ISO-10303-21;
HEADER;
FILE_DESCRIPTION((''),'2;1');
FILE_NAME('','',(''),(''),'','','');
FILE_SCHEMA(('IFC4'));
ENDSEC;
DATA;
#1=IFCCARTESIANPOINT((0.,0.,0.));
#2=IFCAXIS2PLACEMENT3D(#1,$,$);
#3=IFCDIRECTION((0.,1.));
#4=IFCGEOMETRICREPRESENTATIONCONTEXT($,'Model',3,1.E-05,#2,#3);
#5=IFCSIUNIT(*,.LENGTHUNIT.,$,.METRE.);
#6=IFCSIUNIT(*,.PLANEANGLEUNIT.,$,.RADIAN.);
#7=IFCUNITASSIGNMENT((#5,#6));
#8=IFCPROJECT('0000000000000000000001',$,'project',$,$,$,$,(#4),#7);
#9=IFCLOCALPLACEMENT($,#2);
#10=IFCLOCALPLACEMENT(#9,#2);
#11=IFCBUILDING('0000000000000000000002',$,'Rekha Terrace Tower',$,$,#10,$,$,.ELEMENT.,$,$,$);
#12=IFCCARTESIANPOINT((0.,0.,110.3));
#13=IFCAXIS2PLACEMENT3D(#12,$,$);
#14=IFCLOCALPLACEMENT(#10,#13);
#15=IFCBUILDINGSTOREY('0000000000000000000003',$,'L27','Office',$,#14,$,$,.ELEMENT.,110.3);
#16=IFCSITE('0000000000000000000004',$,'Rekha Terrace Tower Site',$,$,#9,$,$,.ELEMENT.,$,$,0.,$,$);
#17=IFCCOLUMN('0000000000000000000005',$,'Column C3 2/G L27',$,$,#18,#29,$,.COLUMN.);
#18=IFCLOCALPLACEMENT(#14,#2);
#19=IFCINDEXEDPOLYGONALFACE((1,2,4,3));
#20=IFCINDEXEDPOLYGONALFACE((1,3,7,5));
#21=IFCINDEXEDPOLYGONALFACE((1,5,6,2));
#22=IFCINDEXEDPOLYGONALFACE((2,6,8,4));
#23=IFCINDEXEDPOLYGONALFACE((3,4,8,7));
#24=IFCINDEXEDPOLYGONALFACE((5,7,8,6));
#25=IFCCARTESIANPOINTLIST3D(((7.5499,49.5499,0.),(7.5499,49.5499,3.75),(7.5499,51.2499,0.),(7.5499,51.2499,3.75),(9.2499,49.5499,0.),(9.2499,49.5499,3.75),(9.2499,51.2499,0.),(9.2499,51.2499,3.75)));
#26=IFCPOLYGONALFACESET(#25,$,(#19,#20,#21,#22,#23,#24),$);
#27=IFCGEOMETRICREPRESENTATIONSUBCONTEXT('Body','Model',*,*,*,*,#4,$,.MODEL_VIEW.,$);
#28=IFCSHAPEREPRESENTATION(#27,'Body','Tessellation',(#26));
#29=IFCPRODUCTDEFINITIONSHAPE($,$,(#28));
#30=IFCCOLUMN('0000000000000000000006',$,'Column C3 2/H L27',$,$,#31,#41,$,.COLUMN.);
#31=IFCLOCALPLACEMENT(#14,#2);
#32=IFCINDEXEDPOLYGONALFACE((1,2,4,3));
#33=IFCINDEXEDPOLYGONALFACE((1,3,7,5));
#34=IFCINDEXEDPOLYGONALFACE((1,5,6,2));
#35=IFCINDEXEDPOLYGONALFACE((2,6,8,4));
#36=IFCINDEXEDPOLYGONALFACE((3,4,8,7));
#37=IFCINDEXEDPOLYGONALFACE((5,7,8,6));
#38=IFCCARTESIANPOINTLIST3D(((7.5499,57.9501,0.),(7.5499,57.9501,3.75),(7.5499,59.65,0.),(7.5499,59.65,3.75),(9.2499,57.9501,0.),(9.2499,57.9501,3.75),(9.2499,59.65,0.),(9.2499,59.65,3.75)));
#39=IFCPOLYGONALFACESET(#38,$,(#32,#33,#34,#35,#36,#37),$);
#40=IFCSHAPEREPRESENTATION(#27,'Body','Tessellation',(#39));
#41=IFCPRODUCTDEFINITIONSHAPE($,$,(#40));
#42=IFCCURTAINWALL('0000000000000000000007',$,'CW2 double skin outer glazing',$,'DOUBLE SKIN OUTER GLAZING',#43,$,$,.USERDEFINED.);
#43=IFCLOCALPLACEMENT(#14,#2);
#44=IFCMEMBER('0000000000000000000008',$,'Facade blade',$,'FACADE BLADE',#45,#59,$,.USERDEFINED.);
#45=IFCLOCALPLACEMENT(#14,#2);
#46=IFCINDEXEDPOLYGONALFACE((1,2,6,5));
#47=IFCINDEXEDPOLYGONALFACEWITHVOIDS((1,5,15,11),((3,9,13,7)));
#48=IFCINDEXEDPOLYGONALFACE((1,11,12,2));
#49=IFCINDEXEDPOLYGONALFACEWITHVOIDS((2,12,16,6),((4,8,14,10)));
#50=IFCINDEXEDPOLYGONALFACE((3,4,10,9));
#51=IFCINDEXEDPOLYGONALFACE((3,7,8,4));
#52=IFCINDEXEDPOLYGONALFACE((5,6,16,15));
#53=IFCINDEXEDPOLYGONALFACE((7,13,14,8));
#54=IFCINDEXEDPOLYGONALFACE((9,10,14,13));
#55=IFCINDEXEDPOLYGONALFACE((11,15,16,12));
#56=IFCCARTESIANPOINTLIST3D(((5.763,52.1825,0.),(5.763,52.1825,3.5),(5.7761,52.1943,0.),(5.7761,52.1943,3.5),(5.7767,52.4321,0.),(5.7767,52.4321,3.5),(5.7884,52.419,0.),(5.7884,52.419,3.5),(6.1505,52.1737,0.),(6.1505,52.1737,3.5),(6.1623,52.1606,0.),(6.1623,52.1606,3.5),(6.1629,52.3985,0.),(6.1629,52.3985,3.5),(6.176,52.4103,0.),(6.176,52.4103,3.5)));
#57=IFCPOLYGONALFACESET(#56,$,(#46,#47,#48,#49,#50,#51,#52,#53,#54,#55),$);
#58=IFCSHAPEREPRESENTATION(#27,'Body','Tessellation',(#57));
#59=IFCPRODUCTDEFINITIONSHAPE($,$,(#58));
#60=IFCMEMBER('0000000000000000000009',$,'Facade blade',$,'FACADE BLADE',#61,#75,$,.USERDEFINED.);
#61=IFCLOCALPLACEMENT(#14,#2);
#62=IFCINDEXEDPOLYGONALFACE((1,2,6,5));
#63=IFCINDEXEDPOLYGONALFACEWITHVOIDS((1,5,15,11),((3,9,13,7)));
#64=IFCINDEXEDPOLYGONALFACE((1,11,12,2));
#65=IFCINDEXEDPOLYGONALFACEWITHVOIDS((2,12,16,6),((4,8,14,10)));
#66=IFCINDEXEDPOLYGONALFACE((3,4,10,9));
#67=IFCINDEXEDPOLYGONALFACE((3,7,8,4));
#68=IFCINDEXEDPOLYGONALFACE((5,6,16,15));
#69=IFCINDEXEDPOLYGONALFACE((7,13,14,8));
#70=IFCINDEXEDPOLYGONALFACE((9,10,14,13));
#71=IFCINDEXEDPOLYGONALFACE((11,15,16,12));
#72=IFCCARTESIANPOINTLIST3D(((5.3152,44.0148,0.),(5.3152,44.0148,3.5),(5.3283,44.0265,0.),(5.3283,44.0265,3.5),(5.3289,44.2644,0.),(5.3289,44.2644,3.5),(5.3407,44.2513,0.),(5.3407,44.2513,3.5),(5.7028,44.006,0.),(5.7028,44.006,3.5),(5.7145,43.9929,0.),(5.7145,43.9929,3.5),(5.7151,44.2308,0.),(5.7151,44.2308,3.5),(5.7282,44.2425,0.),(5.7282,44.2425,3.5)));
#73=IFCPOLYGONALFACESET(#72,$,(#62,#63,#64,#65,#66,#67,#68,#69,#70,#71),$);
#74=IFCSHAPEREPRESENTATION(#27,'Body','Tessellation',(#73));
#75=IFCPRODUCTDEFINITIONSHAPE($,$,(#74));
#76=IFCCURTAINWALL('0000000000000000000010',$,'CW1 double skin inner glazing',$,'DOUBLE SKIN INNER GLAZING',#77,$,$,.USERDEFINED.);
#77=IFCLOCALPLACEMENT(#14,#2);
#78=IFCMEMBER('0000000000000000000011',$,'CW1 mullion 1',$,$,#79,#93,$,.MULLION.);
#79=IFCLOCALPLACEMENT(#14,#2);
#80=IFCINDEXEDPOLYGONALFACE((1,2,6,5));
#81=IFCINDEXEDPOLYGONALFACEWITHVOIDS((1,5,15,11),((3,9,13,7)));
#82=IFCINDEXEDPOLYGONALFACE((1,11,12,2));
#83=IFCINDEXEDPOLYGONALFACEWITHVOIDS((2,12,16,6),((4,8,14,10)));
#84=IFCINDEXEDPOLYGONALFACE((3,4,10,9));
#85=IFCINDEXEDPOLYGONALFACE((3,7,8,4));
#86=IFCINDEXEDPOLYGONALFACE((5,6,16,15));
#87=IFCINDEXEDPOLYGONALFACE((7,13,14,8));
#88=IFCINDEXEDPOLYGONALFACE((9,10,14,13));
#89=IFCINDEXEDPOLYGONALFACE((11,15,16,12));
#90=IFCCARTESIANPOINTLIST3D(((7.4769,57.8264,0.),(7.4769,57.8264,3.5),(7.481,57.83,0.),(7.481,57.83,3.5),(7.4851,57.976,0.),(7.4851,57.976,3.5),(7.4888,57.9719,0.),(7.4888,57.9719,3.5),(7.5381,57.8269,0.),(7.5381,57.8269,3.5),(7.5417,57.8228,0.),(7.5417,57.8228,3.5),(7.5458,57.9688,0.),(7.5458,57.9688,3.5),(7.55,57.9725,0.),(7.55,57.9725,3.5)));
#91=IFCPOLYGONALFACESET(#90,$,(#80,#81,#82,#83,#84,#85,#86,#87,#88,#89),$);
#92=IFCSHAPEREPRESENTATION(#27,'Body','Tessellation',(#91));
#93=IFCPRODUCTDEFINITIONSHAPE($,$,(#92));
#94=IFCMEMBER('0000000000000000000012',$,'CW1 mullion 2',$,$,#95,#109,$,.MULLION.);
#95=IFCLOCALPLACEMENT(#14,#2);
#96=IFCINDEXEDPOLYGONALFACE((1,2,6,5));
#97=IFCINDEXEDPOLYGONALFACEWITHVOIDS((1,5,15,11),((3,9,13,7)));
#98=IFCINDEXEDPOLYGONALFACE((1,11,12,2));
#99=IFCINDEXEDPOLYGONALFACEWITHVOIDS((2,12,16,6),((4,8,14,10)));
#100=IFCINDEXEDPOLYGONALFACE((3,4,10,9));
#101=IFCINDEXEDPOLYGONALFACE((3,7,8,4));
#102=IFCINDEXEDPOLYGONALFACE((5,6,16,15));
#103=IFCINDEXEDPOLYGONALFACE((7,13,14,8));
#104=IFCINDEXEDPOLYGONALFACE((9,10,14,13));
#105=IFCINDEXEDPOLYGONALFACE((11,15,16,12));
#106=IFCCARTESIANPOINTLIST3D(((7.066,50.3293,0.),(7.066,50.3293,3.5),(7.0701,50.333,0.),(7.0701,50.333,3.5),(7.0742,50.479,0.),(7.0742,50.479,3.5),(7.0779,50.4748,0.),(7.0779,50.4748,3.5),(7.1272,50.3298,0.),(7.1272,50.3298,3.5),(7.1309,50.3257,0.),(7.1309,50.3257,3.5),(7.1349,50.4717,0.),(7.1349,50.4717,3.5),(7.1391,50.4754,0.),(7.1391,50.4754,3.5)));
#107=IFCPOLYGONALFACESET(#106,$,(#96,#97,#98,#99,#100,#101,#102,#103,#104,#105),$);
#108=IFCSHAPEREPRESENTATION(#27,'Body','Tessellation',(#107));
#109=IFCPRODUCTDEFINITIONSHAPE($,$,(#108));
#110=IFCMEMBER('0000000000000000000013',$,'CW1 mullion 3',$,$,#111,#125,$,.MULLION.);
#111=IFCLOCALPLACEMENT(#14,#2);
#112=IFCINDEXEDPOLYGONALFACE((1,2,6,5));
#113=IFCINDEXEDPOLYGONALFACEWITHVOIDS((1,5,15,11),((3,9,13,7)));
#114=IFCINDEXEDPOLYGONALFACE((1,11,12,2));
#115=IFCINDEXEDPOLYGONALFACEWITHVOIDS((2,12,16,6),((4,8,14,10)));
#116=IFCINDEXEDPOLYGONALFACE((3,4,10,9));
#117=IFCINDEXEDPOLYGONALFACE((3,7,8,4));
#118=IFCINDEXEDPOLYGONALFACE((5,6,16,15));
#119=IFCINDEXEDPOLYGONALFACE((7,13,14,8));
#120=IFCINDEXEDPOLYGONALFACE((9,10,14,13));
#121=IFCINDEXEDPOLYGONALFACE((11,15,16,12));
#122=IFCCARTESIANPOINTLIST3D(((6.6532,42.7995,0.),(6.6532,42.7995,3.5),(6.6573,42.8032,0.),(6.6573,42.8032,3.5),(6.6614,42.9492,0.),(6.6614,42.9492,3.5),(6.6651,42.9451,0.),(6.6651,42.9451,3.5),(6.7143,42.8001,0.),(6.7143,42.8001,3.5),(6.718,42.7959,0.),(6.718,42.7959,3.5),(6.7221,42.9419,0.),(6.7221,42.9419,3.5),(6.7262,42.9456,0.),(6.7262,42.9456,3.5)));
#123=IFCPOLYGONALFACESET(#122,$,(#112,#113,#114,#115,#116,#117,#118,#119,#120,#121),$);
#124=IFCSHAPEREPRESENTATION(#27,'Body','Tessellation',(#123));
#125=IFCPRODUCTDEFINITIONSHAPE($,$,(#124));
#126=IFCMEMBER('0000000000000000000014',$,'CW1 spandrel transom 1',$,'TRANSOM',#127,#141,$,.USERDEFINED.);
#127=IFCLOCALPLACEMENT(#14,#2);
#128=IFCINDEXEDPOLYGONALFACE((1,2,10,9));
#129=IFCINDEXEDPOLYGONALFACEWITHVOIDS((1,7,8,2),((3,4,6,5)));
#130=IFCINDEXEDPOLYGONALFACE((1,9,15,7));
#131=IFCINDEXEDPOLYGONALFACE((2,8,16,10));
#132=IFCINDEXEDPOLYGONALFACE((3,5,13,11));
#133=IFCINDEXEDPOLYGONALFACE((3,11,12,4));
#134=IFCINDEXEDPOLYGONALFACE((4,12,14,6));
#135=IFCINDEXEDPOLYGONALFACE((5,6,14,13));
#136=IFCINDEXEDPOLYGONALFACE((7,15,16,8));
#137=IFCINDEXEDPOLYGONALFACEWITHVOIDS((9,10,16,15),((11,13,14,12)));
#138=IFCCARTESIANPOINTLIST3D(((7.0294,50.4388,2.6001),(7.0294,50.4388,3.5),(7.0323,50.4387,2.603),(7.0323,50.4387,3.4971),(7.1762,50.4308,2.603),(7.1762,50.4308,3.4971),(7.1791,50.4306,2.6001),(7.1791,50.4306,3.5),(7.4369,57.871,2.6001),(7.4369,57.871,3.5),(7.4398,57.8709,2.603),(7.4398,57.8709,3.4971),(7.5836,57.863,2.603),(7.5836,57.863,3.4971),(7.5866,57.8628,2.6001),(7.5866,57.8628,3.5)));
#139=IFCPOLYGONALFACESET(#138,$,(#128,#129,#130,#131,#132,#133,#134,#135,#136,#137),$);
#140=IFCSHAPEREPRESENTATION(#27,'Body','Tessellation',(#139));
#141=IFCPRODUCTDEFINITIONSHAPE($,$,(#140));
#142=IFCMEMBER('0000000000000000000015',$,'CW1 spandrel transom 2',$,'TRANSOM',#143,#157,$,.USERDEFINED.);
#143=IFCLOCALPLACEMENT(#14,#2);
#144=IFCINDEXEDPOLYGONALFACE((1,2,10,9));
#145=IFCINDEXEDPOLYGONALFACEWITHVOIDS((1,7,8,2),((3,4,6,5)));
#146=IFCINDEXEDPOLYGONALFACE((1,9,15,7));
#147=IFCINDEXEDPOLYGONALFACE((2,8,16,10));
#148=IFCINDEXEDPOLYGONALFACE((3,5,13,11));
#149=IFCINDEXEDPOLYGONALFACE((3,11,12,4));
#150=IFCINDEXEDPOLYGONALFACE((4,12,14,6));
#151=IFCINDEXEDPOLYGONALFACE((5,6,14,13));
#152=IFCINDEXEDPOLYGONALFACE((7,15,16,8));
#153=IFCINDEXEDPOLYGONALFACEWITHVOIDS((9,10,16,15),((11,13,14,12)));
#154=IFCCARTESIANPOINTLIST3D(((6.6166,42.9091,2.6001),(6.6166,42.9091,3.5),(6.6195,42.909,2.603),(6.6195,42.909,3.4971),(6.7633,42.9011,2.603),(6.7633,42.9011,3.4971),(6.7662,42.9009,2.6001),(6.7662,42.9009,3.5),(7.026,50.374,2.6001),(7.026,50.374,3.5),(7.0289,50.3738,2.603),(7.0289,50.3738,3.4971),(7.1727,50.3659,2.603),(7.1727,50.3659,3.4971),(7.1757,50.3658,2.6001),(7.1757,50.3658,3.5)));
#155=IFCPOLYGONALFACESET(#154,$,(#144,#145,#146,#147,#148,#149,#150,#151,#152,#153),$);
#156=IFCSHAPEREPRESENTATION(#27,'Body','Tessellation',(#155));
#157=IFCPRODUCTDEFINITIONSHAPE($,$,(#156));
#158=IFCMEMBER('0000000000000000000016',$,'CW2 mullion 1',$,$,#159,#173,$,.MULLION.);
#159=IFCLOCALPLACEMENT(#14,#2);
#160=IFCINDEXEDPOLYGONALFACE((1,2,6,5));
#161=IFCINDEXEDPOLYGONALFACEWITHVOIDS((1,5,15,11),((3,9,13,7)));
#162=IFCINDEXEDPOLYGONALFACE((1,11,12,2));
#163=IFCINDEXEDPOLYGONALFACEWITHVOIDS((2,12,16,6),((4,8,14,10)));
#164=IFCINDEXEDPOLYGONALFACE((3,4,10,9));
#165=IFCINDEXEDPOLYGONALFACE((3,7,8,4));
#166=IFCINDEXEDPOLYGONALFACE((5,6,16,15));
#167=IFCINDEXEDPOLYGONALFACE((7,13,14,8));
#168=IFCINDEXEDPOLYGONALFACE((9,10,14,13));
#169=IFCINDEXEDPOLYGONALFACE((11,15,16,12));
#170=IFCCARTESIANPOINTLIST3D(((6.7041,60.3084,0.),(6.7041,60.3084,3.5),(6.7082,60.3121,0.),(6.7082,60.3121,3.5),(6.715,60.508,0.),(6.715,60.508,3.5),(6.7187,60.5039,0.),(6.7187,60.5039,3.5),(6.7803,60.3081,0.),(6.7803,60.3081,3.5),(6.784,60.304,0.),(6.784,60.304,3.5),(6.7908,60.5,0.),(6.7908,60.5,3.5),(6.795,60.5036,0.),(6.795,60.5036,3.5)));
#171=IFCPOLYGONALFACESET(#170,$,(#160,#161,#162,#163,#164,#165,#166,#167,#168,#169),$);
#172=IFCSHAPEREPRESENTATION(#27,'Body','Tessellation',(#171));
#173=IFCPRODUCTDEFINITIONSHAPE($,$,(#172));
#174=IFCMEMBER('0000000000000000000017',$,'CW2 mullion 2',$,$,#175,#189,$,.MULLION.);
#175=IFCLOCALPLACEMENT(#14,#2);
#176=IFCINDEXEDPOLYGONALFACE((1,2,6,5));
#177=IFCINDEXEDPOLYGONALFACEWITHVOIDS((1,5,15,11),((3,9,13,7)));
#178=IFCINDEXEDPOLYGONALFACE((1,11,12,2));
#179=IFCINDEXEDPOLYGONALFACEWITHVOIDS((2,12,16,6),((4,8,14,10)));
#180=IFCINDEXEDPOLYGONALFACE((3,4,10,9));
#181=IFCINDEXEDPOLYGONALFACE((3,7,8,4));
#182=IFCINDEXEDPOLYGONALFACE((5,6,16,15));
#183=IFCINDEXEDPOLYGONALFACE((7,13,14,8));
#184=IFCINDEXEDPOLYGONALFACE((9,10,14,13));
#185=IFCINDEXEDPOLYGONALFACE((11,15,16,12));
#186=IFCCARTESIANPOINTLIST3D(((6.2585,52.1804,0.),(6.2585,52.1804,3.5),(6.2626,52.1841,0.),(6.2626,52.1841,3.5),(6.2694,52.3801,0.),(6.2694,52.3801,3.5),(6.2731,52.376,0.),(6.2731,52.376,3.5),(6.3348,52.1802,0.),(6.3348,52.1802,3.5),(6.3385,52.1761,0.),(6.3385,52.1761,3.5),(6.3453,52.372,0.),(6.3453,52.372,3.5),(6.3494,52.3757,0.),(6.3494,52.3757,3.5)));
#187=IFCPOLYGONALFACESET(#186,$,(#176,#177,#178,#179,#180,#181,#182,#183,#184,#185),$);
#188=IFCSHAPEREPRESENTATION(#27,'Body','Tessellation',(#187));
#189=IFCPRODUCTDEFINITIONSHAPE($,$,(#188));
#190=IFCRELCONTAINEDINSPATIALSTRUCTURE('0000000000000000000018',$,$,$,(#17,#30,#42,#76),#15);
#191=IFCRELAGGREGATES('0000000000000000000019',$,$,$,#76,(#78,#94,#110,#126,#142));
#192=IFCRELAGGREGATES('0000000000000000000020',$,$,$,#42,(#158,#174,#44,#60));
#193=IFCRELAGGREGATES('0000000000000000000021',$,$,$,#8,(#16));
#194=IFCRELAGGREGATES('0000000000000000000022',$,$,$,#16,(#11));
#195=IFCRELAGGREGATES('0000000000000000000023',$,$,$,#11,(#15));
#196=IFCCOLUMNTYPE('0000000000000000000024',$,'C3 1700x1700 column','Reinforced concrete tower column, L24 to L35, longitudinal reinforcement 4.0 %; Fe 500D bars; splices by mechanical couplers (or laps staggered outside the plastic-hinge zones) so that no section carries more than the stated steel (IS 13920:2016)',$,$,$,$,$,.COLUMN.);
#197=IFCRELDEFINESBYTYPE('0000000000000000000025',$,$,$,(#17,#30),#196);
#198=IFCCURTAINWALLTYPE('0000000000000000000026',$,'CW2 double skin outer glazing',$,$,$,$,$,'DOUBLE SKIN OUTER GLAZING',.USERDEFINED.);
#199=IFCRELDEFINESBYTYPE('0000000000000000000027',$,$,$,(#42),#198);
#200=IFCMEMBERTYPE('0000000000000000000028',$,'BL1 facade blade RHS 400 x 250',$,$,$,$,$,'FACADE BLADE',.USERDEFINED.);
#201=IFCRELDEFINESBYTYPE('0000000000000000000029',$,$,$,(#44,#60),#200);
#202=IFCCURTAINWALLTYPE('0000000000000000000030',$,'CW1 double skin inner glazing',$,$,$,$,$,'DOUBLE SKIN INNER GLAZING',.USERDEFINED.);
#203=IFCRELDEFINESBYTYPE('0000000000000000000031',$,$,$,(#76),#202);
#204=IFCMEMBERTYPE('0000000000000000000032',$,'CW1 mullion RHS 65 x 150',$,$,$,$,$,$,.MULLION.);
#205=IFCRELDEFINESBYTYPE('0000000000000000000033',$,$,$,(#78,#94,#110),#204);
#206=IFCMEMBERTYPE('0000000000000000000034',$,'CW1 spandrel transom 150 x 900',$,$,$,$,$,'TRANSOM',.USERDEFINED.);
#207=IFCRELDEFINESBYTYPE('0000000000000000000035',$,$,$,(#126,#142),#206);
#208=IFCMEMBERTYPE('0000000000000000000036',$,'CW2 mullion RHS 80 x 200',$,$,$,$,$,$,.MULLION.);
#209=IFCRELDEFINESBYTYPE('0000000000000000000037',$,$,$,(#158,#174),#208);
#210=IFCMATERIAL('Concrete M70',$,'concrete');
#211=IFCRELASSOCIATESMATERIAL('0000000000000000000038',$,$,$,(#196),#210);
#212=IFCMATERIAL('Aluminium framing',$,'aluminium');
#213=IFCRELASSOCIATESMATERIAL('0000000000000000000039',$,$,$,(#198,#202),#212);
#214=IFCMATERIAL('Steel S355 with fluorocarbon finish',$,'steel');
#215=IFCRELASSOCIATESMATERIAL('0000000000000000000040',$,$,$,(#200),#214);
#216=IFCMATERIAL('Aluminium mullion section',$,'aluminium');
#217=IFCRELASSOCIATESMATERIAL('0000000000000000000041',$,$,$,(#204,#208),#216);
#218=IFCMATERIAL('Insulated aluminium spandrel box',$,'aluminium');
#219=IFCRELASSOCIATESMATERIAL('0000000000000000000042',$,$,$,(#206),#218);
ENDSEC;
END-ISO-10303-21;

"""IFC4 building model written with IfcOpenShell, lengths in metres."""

from ifc_helpers import new_model, si_unit, direction, frame, origin, origin_2d, place, context, subcontext, project, spatial, rectangle, hollow_rectangle, extrude, material, material_profile, profile_set, type_object, element, aggregate, save


model = new_model("IFC4")

# Units and contexts
model_context = context("Model", 3, precision=1e-05, world=origin(), true_north=direction((0.0, 1.0)))
body_context = subcontext(model_context, "Body", "Model", "MODEL_VIEW")
ifc_project = project(units=[si_unit("LENGTHUNIT", "METRE"), si_unit("PLANEANGLEUNIT", "RADIAN")], contexts=[model_context])

# Site, building, storey
site_placement = place(None, origin())
site = spatial("IfcSite", under=ifc_project, at=site_placement, Name="Rekha Terrace Tower Site", CompositionType="ELEMENT", RefElevation=0.0)
building_placement = place(site_placement, origin())
building = spatial("IfcBuilding", under=site, at=building_placement, Name="Rekha Terrace Tower", CompositionType="ELEMENT")
storey_placement = place(building_placement, frame((0.0, 0.0, 110.3)))
storey = spatial("IfcBuildingStorey", under=building, at=storey_placement, Name="L27", Description="Office", CompositionType="ELEMENT", Elevation=110.3)

# Columns
ifc_material_1 = material(Name="Concrete M70", Category="concrete")
ifc_material_profile_1 = material_profile(ifc_material_1, rectangle(XDim=1.7, YDim=1.7, at=origin_2d()), Name="RC 1700x1700")
ifc_profile_set_1 = profile_set([ifc_material_profile_1], Name="Concrete M70")
column_type = type_object("IfcColumnType", Name="C3 1700x1700 column", Description="Reinforced concrete tower column, L24 to L35, longitudinal reinforcement 4.0 %; Fe 500D bars; splices by mechanical couplers (or laps staggered outside the plastic-hinge zones) so that no section carries more than the stated steel (IS 13920:2016)", PredefinedType="COLUMN", material=ifc_profile_set_1)
for number, where, z_axis, x_axis, name in (
    (1, (8.3999, 50.3999, 0.0), (0.0, 0.0, 1.0), (1.0, 0.0, 0.0), "Column C3 2/G L27"),
    (2, (8.3999, 58.8, 0.0), (0.0, 0.0, 1.0), (1.0, 0.0, 0.0), "Column C3 2/H L27"),
):
    element("IfcColumn", number, at=place(storey_placement, frame(where, z_axis=z_axis, x_axis=x_axis)), inside=storey, type_object=column_type, Name=name, PredefinedType="COLUMN", context=body_context, shape_type="SweptSolid", body=[
        extrude(rectangle(XDim=1.7, YDim=1.7, at=origin_2d()), origin(), (0.0, 0.0, 1.0), 3.75),
    ])

# Curtain walls, members
ifc_material_2 = material(Name="Aluminium framing", Category="aluminium")
curtain_wall_type_1 = type_object("IfcCurtainWallType", Name="CW2 double skin outer glazing", ElementType="DOUBLE SKIN OUTER GLAZING", PredefinedType="USERDEFINED", material=ifc_material_2)
curtain_wall_1_placement = place(storey_placement, origin())
curtain_wall_1 = element("IfcCurtainWall", 3, at=curtain_wall_1_placement, inside=storey, type_object=curtain_wall_type_1, Name="CW2 double skin outer glazing", ObjectType="DOUBLE SKIN OUTER GLAZING", PredefinedType="USERDEFINED")
ifc_material_3 = material(Name="Steel S355 with fluorocarbon finish", Category="steel")
ifc_material_profile_2 = material_profile(ifc_material_3, hollow_rectangle(XDim=0.25, YDim=0.3999, WallThickness=0.0125, at=origin_2d()), Name="RHS400x250x12.5")
ifc_profile_set_2 = profile_set([ifc_material_profile_2], Name="Steel S355 with fluorocarbon finish")
member_type_1 = type_object("IfcMemberType", Name="BL1 facade blade RHS 400 x 250", ElementType="FACADE BLADE", PredefinedType="USERDEFINED", material=ifc_profile_set_2)
member_1_placement = place(storey_placement, frame((5.9695, 52.2964, 0.0), z_axis=(0.0, 0.0, 1.0), x_axis=(-0.054743, -0.9985, 0.0)))
member_1 = element("IfcMember", 4, at=member_1_placement, type_object=member_type_1, Name="Facade blade", ObjectType="FACADE BLADE", PredefinedType="USERDEFINED", context=body_context, shape_type="SweptSolid", body=[
    extrude(hollow_rectangle(XDim=0.25, YDim=0.3999, WallThickness=0.0125, at=origin_2d()), origin(), (0.0, 0.0, 1.0), 3.5),
])
member_2_placement = place(storey_placement, frame((5.5217, 44.1287, 0.0), z_axis=(0.0, 0.0, 1.0), x_axis=(-0.054743, -0.9985, 0.0)))
member_2 = element("IfcMember", 5, at=member_2_placement, type_object=member_type_1, Name="Facade blade", ObjectType="FACADE BLADE", PredefinedType="USERDEFINED", context=body_context, shape_type="SweptSolid", body=[
    extrude(hollow_rectangle(XDim=0.25, YDim=0.3999, WallThickness=0.0125, at=origin_2d()), origin(), (0.0, 0.0, 1.0), 3.5),
])
curtain_wall_type_2 = type_object("IfcCurtainWallType", Name="CW1 double skin inner glazing", ElementType="DOUBLE SKIN INNER GLAZING", PredefinedType="USERDEFINED", material=ifc_material_2)
curtain_wall_2_placement = place(storey_placement, origin())
curtain_wall_2 = element("IfcCurtainWall", 6, at=curtain_wall_2_placement, inside=storey, type_object=curtain_wall_type_2, Name="CW1 double skin inner glazing", ObjectType="DOUBLE SKIN INNER GLAZING", PredefinedType="USERDEFINED")
ifc_material_4 = material(Name="Aluminium mullion section", Category="aluminium")
ifc_material_profile_3 = material_profile(ifc_material_4, hollow_rectangle(XDim=0.0649, YDim=0.1499, WallThickness=0.0039, at=origin_2d()), Name="AL RHS 65x150")
ifc_profile_set_3 = profile_set([ifc_material_profile_3], Name="Aluminium mullion section")
member_type_2 = type_object("IfcMemberType", Name="CW1 mullion RHS 65 x 150", PredefinedType="MULLION", material=ifc_profile_set_3)
member_3_placement = place(storey_placement, frame((7.5134, 57.8994, 0.0), z_axis=(0.0, 0.0, 1.0), x_axis=(0.998501, -0.054742, 0.0)))
member_3 = element("IfcMember", 7, at=member_3_placement, type_object=member_type_2, Name="CW1 mullion 1", PredefinedType="MULLION", context=body_context, shape_type="SweptSolid", body=[
    extrude(hollow_rectangle(XDim=0.0649, YDim=0.1499, WallThickness=0.0039, at=origin_2d()), origin(), (0.0, 0.0, 1.0), 3.5),
])
member_4_placement = place(storey_placement, frame((7.1025, 50.4023, 0.0), z_axis=(0.0, 0.0, 1.0), x_axis=(0.998501, -0.054742, 0.0)))
member_4 = element("IfcMember", 8, at=member_4_placement, type_object=member_type_2, Name="CW1 mullion 2", PredefinedType="MULLION", context=body_context, shape_type="SweptSolid", body=[
    extrude(hollow_rectangle(XDim=0.0649, YDim=0.1499, WallThickness=0.0039, at=origin_2d()), origin(), (0.0, 0.0, 1.0), 3.5),
])
member_5_placement = place(storey_placement, frame((6.6897, 42.8726, 0.0), z_axis=(0.0, 0.0, 1.0), x_axis=(0.998501, -0.054742, 0.0)))
member_5 = element("IfcMember", 9, at=member_5_placement, type_object=member_type_2, Name="CW1 mullion 3", PredefinedType="MULLION", context=body_context, shape_type="SweptSolid", body=[
    extrude(hollow_rectangle(XDim=0.0649, YDim=0.1499, WallThickness=0.0039, at=origin_2d()), origin(), (0.0, 0.0, 1.0), 3.5),
])
ifc_material_5 = material(Name="Insulated aluminium spandrel box", Category="aluminium")
ifc_material_profile_4 = material_profile(ifc_material_5, hollow_rectangle(XDim=0.1499, YDim=0.8999, WallThickness=0.0029, at=origin_2d()), Name="AL SPANDREL BOX 150x900")
ifc_profile_set_4 = profile_set([ifc_material_profile_4], Name="Insulated aluminium spandrel box")
member_type_3 = type_object("IfcMemberType", Name="CW1 spandrel transom 150 x 900", ElementType="TRANSOM", PredefinedType="USERDEFINED", material=ifc_profile_set_4)
member_6_placement = place(storey_placement, frame((7.5117, 57.8669, 3.05), z_axis=(-0.054743, -0.9985, 0.0), x_axis=(0.9985, -0.054743, 0.0)))
member_6 = element("IfcMember", 10, at=member_6_placement, type_object=member_type_3, Name="CW1 spandrel transom 1", ObjectType="TRANSOM", PredefinedType="USERDEFINED", context=body_context, shape_type="SweptSolid", body=[
    extrude(hollow_rectangle(XDim=0.1499, YDim=0.8999, WallThickness=0.0029, at=origin_2d()), origin(), (0.0, 0.0, 1.0), 7.4434),
])
member_7_placement = place(storey_placement, frame((7.1008, 50.3699, 3.05), z_axis=(-0.054765, -0.998499, 0.0), x_axis=(0.998499, -0.054765, 0.0)))
member_7 = element("IfcMember", 11, at=member_7_placement, type_object=member_type_3, Name="CW1 spandrel transom 2", ObjectType="TRANSOM", PredefinedType="USERDEFINED", context=body_context, shape_type="SweptSolid", body=[
    extrude(hollow_rectangle(XDim=0.1499, YDim=0.8999, WallThickness=0.0029, at=origin_2d()), origin(), (0.0, 0.0, 1.0), 7.4761),
])

# Members
ifc_material_profile_5 = material_profile(ifc_material_4, hollow_rectangle(XDim=0.0801, YDim=0.2, WallThickness=0.0039, at=origin_2d()), Name="AL RHS 80x200")
ifc_profile_set_5 = profile_set([ifc_material_profile_5], Name="Aluminium mullion section")
member_type_4 = type_object("IfcMemberType", Name="CW2 mullion RHS 80 x 200", PredefinedType="MULLION", material=ifc_profile_set_5)
member_8_placement = place(storey_placement, frame((6.7495, 60.406, 0.0), z_axis=(0.0, 0.0, 1.0), x_axis=(0.998501, -0.054742, 0.0)))
member_8 = element("IfcMember", 12, at=member_8_placement, type_object=member_type_4, Name="CW2 mullion 1", PredefinedType="MULLION", context=body_context, shape_type="SweptSolid", body=[
    extrude(hollow_rectangle(XDim=0.0801, YDim=0.2, WallThickness=0.0039, at=origin_2d()), origin(), (0.0, 0.0, 1.0), 3.5),
])
member_9_placement = place(storey_placement, frame((6.304, 52.2781, 0.0), z_axis=(0.0, 0.0, 1.0), x_axis=(0.998501, -0.054742, 0.0)))
member_9 = element("IfcMember", 13, at=member_9_placement, type_object=member_type_4, Name="CW2 mullion 2", PredefinedType="MULLION", context=body_context, shape_type="SweptSolid", body=[
    extrude(hollow_rectangle(XDim=0.0801, YDim=0.2, WallThickness=0.0039, at=origin_2d()), origin(), (0.0, 0.0, 1.0), 3.5),
])

aggregate(curtain_wall_2, [member_3, member_4, member_5, member_6, member_7])
aggregate(curtain_wall_1, [member_8, member_9, member_1, member_2])

save(model, "model.ifc")
